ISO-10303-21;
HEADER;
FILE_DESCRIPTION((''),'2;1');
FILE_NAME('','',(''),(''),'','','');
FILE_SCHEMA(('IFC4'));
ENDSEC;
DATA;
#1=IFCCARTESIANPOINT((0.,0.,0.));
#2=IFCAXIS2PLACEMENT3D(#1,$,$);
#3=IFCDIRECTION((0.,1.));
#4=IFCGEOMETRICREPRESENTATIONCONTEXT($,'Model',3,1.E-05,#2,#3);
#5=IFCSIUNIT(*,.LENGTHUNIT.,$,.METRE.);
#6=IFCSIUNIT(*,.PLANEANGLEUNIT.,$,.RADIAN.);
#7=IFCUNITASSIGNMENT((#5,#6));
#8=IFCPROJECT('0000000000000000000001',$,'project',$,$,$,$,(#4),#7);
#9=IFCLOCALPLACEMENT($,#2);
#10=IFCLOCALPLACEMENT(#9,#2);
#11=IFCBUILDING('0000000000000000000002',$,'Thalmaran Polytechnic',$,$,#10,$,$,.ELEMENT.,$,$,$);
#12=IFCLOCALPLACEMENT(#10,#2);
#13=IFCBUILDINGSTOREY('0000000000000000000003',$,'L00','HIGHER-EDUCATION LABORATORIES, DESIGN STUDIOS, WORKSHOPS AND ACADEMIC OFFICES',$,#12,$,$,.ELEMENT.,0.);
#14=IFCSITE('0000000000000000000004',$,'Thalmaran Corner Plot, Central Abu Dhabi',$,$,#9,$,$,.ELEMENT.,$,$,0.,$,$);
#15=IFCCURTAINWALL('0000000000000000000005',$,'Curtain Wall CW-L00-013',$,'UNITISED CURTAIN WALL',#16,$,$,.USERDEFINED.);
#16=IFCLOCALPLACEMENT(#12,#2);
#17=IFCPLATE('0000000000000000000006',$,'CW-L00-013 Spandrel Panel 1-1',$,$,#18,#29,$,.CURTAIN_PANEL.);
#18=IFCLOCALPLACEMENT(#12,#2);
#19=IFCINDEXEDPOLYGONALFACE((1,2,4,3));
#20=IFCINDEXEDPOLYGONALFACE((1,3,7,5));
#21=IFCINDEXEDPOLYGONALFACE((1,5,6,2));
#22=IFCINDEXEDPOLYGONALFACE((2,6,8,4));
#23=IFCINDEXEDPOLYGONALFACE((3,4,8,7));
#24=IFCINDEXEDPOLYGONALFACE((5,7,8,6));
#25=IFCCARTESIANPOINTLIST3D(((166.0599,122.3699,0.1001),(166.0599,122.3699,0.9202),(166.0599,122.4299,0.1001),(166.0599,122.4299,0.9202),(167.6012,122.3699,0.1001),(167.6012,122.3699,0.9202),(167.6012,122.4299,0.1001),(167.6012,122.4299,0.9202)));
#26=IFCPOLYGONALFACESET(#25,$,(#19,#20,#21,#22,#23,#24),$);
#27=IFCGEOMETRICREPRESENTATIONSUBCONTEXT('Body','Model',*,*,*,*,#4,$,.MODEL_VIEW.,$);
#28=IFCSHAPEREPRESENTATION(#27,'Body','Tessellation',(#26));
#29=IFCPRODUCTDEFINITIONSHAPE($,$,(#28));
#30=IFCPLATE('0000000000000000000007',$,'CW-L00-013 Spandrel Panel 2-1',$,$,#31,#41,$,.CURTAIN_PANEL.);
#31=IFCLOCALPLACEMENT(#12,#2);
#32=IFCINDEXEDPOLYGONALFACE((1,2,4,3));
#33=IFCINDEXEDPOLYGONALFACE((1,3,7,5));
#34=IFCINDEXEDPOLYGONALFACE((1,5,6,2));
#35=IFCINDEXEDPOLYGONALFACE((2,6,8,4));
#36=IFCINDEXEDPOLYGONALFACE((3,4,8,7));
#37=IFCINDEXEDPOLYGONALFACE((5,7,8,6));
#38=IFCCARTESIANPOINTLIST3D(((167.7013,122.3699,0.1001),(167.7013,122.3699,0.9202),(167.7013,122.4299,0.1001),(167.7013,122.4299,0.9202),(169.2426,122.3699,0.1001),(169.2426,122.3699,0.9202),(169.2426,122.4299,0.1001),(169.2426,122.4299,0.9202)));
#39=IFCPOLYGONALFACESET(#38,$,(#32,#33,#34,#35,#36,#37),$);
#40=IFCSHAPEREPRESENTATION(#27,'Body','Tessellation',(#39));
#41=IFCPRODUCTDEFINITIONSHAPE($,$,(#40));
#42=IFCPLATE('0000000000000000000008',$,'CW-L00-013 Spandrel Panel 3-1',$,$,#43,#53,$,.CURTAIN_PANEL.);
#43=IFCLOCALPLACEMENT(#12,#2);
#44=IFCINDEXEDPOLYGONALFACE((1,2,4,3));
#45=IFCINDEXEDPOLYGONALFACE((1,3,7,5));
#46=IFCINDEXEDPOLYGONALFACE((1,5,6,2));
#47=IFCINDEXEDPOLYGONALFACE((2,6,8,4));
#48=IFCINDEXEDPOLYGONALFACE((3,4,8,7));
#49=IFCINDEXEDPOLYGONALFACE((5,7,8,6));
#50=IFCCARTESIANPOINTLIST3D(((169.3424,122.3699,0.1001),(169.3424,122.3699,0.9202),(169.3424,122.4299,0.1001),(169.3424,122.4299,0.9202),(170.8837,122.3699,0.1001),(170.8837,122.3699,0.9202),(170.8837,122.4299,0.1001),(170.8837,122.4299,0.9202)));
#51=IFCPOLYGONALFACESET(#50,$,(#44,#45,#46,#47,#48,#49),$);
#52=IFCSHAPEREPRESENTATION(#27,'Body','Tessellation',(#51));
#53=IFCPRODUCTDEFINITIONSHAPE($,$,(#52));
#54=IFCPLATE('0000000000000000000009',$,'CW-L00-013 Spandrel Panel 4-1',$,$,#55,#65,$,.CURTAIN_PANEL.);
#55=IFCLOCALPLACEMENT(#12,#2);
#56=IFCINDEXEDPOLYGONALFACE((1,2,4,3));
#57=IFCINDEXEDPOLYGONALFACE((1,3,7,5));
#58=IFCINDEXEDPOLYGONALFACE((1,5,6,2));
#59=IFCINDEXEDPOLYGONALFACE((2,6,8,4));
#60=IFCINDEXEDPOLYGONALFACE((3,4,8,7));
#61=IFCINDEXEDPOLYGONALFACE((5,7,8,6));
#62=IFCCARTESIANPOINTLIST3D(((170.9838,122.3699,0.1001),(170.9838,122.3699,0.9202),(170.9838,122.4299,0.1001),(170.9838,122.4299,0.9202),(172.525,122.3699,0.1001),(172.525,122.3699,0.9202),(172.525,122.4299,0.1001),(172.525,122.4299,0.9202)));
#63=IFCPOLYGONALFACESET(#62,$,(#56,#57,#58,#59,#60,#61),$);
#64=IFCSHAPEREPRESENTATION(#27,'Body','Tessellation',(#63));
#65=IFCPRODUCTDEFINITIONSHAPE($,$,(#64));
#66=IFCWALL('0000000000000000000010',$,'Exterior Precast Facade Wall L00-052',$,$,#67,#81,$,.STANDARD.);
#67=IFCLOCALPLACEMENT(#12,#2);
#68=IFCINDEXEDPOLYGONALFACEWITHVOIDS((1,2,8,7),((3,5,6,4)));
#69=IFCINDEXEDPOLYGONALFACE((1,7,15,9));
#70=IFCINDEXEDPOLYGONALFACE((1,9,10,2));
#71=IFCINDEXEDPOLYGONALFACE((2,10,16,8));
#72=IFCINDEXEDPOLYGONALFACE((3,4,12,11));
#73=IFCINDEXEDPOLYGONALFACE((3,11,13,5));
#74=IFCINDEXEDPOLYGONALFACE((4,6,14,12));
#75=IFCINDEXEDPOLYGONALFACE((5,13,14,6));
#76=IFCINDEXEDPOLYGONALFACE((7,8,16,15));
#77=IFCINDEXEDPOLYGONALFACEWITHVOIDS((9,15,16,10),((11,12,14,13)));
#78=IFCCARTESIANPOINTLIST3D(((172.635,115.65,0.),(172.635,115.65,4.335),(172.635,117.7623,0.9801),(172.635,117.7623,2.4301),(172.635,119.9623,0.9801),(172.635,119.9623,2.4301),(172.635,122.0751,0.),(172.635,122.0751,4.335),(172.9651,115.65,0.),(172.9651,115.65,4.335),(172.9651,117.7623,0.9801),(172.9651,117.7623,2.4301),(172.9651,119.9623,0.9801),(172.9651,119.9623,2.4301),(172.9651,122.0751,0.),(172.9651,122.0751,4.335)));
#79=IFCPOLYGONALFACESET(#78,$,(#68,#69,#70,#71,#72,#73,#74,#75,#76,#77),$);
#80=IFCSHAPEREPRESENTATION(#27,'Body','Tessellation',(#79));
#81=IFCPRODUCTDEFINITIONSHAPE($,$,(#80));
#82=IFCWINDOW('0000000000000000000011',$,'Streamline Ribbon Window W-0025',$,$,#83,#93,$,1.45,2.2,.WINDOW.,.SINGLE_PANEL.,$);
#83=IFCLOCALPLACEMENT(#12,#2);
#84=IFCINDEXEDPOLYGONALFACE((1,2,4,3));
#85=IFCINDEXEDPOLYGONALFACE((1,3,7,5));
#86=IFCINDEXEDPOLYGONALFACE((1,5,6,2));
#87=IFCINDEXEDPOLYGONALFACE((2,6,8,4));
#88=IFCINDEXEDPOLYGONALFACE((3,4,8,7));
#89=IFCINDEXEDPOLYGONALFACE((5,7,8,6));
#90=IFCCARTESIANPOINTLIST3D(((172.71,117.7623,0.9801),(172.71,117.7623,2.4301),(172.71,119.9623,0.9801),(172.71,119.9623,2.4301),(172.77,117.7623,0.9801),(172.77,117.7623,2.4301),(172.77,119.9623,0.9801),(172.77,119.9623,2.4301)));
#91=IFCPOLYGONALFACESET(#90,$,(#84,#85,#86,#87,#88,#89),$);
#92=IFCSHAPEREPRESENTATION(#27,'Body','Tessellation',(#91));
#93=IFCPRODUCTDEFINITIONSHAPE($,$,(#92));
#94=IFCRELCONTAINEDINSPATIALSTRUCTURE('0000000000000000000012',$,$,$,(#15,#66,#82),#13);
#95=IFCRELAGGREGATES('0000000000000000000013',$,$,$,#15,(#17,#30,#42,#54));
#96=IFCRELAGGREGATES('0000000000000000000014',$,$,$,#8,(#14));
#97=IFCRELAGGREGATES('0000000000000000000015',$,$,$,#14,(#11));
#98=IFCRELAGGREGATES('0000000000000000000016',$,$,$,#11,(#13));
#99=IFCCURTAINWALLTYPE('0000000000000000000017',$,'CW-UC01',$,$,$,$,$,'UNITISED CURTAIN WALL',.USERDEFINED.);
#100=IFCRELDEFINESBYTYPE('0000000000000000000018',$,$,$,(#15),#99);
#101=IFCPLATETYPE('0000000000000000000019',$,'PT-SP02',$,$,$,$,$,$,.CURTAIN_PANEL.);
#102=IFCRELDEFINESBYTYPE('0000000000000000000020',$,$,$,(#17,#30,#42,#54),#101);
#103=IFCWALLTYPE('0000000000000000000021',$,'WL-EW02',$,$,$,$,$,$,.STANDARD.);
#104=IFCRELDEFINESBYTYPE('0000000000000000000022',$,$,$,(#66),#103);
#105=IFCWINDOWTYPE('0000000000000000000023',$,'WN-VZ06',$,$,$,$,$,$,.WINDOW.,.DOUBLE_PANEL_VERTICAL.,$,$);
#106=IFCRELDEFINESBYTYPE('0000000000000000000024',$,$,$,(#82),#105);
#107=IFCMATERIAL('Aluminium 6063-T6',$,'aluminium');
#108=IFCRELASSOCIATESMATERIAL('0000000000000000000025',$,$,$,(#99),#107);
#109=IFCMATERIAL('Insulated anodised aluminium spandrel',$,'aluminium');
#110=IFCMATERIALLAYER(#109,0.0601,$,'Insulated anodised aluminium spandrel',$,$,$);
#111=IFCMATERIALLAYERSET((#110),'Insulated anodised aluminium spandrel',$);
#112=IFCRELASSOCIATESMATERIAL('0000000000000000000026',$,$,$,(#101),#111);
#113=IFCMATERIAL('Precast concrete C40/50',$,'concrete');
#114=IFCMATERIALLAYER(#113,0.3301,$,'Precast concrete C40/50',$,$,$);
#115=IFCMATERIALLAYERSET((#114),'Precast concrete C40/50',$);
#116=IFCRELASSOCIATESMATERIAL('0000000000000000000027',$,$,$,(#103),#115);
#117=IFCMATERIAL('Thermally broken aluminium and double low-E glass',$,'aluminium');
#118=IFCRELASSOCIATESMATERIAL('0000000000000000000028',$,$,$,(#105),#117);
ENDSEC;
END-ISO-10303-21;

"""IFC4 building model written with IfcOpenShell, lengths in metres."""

from ifc_helpers import new_model, si_unit, direction, frame, frame_2d, origin, origin_2d, place, context, subcontext, project, spatial, rectangle, extrude, material, layer, layer_set, type_object, element, fill, aggregate, save


model = new_model("IFC4")

# Units and contexts
model_context = context("Model", 3, precision=1e-05, world=origin(), true_north=direction((0.0, 1.0)))
body_context = subcontext(model_context, "Body", "Model", "MODEL_VIEW")
ifc_project = project(units=[si_unit("LENGTHUNIT", "METRE"), si_unit("PLANEANGLEUNIT", "RADIAN")], contexts=[model_context])

# Site, building, storey
site_placement = place(None, origin())
site = spatial("IfcSite", under=ifc_project, at=site_placement, Name="Thalmaran Corner Plot, Central Abu Dhabi", CompositionType="ELEMENT", RefElevation=0.0)
building_placement = place(site_placement, origin())
building = spatial("IfcBuilding", under=site, at=building_placement, Name="Thalmaran Polytechnic", CompositionType="ELEMENT")
storey_placement = place(building_placement, origin())
storey = spatial("IfcBuildingStorey", under=building, at=storey_placement, Name="L00", Description="HIGHER-EDUCATION LABORATORIES, DESIGN STUDIOS, WORKSHOPS AND ACADEMIC OFFICES", CompositionType="ELEMENT", Elevation=0.0)

# Curtain wall
ifc_material_1 = material(Name="Aluminium 6063-T6", Category="aluminium")
curtain_wall_type = type_object("IfcCurtainWallType", Name="CW-UC01", ElementType="UNITISED CURTAIN WALL", PredefinedType="USERDEFINED", material=ifc_material_1)
curtain_wall_placement = place(storey_placement, origin())
curtain_wall = element("IfcCurtainWall", 1, at=curtain_wall_placement, inside=storey, type_object=curtain_wall_type, Name="Curtain Wall CW-L00-013", ObjectType="UNITISED CURTAIN WALL", PredefinedType="USERDEFINED")

# Plates
ifc_material_2 = material(Name="Insulated anodised aluminium spandrel", Category="aluminium")
ifc_layer_1 = layer(ifc_material_2, 0.0601, Name="Insulated anodised aluminium spandrel")
ifc_layer_set_1 = layer_set([ifc_layer_1], Name="Insulated anodised aluminium spandrel")
plate_type_1 = type_object("IfcPlateType", Name="PT-SP02", PredefinedType="CURTAIN_PANEL", material=ifc_layer_set_1)
plate_1_placement = place(storey_placement, frame((166.8306, 122.3999, 0.1001), z_axis=(0.0, 0.0, 1.0), x_axis=(1.0, 0.0, 0.0)))
plate_1 = element("IfcPlate", 2, at=plate_1_placement, type_object=plate_type_1, Name="CW-L00-013 Spandrel Panel 1-1", PredefinedType="CURTAIN_PANEL", context=body_context, shape_type="SweptSolid", body=[
    extrude(rectangle(XDim=1.5413, YDim=0.0601, at=origin_2d()), origin(), (0.0, 0.0, 1.0), 0.8201),
])
plate_2_placement = place(storey_placement, frame((168.4719, 122.3999, 0.1001), z_axis=(0.0, 0.0, 1.0), x_axis=(1.0, 0.0, 0.0)))
plate_2 = element("IfcPlate", 3, at=plate_2_placement, type_object=plate_type_1, Name="CW-L00-013 Spandrel Panel 2-1", PredefinedType="CURTAIN_PANEL", context=body_context, shape_type="SweptSolid", body=[
    extrude(rectangle(XDim=1.5413, YDim=0.0601, at=origin_2d()), origin(), (0.0, 0.0, 1.0), 0.8201),
])
plate_3_placement = place(storey_placement, frame((170.113, 122.3999, 0.1001), z_axis=(0.0, 0.0, 1.0), x_axis=(1.0, 0.0, 0.0)))
plate_3 = element("IfcPlate", 4, at=plate_3_placement, type_object=plate_type_1, Name="CW-L00-013 Spandrel Panel 3-1", PredefinedType="CURTAIN_PANEL", context=body_context, shape_type="SweptSolid", body=[
    extrude(rectangle(XDim=1.5413, YDim=0.0601, at=origin_2d()), origin(), (0.0, 0.0, 1.0), 0.8201),
])
plate_4_placement = place(storey_placement, frame((171.7544, 122.3999, 0.1001), z_axis=(0.0, 0.0, 1.0), x_axis=(1.0, 0.0, 0.0)))
plate_4 = element("IfcPlate", 5, at=plate_4_placement, type_object=plate_type_1, Name="CW-L00-013 Spandrel Panel 4-1", PredefinedType="CURTAIN_PANEL", context=body_context, shape_type="SweptSolid", body=[
    extrude(rectangle(XDim=1.5413, YDim=0.0601, at=origin_2d()), origin(), (0.0, 0.0, 1.0), 0.8201),
])
aggregate(curtain_wall, [plate_1, plate_2, plate_3, plate_4])

# Wall, opening, window
ifc_material_3 = material(Name="Precast concrete C40/50", Category="concrete")
ifc_layer_2 = layer(ifc_material_3, 0.3301, Name="Precast concrete C40/50")
ifc_layer_set_2 = layer_set([ifc_layer_2], Name="Precast concrete C40/50")
wall_type = type_object("IfcWallType", Name="WL-EW02", PredefinedType="STANDARD", material=ifc_layer_set_2)
wall_placement = place(storey_placement, frame((172.8, 122.075, 0.0), z_axis=(0.0, 0.0, 1.0), x_axis=(0.0, -1.0, 0.0)))
wall = element("IfcWall", 6, at=wall_placement, inside=storey, type_object=wall_type, Name="Exterior Precast Facade Wall L00-052", PredefinedType="STANDARD", context=body_context, shape_type="SweptSolid", body=[
    extrude(rectangle(XDim=6.425, YDim=0.3301, at=frame_2d((3.2124, 0.0))), origin(), (0.0, 0.0, 1.0), 4.335),
])
opening_placement = place(wall_placement, frame((2.1125, 0.0, 0.98)))
opening = element("IfcOpeningElement", 7, at=opening_placement, cuts=wall, PredefinedType="OPENING", context=body_context, shape_type="SweptSolid", body=[
    extrude(rectangle(XDim=2.2, YDim=1.45, at=frame_2d((1.1001, 0.7251))), frame((0.0, 0.175, 0.0), z_axis=(0.0, -1.0, 0.0), x_axis=(1.0, 0.0, 0.0)), (0.0, 0.0, 1.0), 0.3501),
])
ifc_material_4 = material(Name="Thermally broken aluminium and double low-E glass", Category="aluminium")
window_type = type_object("IfcWindowType", Name="WN-VZ06", PartitioningType="DOUBLE_PANEL_VERTICAL", PredefinedType="WINDOW", material=ifc_material_4)
window_placement = place(opening_placement, origin())
window = element("IfcWindow", 8, at=window_placement, inside=storey, type_object=window_type, Name="Streamline Ribbon Window W-0025", OverallHeight=1.45, OverallWidth=2.2, PartitioningType="SINGLE_PANEL", PredefinedType="WINDOW", context=body_context, shape_type="SweptSolid", body=[
    extrude(rectangle(XDim=2.2, YDim=1.45, at=frame_2d((1.1001, 0.7251))), frame((0.0, -0.03, 0.0), z_axis=(0.0, -1.0, 0.0), x_axis=(1.0, 0.0, 0.0)), (0.0, 0.0, 1.0), 0.0601),
])
fill(opening, window)

save(model, "model.ifc")
